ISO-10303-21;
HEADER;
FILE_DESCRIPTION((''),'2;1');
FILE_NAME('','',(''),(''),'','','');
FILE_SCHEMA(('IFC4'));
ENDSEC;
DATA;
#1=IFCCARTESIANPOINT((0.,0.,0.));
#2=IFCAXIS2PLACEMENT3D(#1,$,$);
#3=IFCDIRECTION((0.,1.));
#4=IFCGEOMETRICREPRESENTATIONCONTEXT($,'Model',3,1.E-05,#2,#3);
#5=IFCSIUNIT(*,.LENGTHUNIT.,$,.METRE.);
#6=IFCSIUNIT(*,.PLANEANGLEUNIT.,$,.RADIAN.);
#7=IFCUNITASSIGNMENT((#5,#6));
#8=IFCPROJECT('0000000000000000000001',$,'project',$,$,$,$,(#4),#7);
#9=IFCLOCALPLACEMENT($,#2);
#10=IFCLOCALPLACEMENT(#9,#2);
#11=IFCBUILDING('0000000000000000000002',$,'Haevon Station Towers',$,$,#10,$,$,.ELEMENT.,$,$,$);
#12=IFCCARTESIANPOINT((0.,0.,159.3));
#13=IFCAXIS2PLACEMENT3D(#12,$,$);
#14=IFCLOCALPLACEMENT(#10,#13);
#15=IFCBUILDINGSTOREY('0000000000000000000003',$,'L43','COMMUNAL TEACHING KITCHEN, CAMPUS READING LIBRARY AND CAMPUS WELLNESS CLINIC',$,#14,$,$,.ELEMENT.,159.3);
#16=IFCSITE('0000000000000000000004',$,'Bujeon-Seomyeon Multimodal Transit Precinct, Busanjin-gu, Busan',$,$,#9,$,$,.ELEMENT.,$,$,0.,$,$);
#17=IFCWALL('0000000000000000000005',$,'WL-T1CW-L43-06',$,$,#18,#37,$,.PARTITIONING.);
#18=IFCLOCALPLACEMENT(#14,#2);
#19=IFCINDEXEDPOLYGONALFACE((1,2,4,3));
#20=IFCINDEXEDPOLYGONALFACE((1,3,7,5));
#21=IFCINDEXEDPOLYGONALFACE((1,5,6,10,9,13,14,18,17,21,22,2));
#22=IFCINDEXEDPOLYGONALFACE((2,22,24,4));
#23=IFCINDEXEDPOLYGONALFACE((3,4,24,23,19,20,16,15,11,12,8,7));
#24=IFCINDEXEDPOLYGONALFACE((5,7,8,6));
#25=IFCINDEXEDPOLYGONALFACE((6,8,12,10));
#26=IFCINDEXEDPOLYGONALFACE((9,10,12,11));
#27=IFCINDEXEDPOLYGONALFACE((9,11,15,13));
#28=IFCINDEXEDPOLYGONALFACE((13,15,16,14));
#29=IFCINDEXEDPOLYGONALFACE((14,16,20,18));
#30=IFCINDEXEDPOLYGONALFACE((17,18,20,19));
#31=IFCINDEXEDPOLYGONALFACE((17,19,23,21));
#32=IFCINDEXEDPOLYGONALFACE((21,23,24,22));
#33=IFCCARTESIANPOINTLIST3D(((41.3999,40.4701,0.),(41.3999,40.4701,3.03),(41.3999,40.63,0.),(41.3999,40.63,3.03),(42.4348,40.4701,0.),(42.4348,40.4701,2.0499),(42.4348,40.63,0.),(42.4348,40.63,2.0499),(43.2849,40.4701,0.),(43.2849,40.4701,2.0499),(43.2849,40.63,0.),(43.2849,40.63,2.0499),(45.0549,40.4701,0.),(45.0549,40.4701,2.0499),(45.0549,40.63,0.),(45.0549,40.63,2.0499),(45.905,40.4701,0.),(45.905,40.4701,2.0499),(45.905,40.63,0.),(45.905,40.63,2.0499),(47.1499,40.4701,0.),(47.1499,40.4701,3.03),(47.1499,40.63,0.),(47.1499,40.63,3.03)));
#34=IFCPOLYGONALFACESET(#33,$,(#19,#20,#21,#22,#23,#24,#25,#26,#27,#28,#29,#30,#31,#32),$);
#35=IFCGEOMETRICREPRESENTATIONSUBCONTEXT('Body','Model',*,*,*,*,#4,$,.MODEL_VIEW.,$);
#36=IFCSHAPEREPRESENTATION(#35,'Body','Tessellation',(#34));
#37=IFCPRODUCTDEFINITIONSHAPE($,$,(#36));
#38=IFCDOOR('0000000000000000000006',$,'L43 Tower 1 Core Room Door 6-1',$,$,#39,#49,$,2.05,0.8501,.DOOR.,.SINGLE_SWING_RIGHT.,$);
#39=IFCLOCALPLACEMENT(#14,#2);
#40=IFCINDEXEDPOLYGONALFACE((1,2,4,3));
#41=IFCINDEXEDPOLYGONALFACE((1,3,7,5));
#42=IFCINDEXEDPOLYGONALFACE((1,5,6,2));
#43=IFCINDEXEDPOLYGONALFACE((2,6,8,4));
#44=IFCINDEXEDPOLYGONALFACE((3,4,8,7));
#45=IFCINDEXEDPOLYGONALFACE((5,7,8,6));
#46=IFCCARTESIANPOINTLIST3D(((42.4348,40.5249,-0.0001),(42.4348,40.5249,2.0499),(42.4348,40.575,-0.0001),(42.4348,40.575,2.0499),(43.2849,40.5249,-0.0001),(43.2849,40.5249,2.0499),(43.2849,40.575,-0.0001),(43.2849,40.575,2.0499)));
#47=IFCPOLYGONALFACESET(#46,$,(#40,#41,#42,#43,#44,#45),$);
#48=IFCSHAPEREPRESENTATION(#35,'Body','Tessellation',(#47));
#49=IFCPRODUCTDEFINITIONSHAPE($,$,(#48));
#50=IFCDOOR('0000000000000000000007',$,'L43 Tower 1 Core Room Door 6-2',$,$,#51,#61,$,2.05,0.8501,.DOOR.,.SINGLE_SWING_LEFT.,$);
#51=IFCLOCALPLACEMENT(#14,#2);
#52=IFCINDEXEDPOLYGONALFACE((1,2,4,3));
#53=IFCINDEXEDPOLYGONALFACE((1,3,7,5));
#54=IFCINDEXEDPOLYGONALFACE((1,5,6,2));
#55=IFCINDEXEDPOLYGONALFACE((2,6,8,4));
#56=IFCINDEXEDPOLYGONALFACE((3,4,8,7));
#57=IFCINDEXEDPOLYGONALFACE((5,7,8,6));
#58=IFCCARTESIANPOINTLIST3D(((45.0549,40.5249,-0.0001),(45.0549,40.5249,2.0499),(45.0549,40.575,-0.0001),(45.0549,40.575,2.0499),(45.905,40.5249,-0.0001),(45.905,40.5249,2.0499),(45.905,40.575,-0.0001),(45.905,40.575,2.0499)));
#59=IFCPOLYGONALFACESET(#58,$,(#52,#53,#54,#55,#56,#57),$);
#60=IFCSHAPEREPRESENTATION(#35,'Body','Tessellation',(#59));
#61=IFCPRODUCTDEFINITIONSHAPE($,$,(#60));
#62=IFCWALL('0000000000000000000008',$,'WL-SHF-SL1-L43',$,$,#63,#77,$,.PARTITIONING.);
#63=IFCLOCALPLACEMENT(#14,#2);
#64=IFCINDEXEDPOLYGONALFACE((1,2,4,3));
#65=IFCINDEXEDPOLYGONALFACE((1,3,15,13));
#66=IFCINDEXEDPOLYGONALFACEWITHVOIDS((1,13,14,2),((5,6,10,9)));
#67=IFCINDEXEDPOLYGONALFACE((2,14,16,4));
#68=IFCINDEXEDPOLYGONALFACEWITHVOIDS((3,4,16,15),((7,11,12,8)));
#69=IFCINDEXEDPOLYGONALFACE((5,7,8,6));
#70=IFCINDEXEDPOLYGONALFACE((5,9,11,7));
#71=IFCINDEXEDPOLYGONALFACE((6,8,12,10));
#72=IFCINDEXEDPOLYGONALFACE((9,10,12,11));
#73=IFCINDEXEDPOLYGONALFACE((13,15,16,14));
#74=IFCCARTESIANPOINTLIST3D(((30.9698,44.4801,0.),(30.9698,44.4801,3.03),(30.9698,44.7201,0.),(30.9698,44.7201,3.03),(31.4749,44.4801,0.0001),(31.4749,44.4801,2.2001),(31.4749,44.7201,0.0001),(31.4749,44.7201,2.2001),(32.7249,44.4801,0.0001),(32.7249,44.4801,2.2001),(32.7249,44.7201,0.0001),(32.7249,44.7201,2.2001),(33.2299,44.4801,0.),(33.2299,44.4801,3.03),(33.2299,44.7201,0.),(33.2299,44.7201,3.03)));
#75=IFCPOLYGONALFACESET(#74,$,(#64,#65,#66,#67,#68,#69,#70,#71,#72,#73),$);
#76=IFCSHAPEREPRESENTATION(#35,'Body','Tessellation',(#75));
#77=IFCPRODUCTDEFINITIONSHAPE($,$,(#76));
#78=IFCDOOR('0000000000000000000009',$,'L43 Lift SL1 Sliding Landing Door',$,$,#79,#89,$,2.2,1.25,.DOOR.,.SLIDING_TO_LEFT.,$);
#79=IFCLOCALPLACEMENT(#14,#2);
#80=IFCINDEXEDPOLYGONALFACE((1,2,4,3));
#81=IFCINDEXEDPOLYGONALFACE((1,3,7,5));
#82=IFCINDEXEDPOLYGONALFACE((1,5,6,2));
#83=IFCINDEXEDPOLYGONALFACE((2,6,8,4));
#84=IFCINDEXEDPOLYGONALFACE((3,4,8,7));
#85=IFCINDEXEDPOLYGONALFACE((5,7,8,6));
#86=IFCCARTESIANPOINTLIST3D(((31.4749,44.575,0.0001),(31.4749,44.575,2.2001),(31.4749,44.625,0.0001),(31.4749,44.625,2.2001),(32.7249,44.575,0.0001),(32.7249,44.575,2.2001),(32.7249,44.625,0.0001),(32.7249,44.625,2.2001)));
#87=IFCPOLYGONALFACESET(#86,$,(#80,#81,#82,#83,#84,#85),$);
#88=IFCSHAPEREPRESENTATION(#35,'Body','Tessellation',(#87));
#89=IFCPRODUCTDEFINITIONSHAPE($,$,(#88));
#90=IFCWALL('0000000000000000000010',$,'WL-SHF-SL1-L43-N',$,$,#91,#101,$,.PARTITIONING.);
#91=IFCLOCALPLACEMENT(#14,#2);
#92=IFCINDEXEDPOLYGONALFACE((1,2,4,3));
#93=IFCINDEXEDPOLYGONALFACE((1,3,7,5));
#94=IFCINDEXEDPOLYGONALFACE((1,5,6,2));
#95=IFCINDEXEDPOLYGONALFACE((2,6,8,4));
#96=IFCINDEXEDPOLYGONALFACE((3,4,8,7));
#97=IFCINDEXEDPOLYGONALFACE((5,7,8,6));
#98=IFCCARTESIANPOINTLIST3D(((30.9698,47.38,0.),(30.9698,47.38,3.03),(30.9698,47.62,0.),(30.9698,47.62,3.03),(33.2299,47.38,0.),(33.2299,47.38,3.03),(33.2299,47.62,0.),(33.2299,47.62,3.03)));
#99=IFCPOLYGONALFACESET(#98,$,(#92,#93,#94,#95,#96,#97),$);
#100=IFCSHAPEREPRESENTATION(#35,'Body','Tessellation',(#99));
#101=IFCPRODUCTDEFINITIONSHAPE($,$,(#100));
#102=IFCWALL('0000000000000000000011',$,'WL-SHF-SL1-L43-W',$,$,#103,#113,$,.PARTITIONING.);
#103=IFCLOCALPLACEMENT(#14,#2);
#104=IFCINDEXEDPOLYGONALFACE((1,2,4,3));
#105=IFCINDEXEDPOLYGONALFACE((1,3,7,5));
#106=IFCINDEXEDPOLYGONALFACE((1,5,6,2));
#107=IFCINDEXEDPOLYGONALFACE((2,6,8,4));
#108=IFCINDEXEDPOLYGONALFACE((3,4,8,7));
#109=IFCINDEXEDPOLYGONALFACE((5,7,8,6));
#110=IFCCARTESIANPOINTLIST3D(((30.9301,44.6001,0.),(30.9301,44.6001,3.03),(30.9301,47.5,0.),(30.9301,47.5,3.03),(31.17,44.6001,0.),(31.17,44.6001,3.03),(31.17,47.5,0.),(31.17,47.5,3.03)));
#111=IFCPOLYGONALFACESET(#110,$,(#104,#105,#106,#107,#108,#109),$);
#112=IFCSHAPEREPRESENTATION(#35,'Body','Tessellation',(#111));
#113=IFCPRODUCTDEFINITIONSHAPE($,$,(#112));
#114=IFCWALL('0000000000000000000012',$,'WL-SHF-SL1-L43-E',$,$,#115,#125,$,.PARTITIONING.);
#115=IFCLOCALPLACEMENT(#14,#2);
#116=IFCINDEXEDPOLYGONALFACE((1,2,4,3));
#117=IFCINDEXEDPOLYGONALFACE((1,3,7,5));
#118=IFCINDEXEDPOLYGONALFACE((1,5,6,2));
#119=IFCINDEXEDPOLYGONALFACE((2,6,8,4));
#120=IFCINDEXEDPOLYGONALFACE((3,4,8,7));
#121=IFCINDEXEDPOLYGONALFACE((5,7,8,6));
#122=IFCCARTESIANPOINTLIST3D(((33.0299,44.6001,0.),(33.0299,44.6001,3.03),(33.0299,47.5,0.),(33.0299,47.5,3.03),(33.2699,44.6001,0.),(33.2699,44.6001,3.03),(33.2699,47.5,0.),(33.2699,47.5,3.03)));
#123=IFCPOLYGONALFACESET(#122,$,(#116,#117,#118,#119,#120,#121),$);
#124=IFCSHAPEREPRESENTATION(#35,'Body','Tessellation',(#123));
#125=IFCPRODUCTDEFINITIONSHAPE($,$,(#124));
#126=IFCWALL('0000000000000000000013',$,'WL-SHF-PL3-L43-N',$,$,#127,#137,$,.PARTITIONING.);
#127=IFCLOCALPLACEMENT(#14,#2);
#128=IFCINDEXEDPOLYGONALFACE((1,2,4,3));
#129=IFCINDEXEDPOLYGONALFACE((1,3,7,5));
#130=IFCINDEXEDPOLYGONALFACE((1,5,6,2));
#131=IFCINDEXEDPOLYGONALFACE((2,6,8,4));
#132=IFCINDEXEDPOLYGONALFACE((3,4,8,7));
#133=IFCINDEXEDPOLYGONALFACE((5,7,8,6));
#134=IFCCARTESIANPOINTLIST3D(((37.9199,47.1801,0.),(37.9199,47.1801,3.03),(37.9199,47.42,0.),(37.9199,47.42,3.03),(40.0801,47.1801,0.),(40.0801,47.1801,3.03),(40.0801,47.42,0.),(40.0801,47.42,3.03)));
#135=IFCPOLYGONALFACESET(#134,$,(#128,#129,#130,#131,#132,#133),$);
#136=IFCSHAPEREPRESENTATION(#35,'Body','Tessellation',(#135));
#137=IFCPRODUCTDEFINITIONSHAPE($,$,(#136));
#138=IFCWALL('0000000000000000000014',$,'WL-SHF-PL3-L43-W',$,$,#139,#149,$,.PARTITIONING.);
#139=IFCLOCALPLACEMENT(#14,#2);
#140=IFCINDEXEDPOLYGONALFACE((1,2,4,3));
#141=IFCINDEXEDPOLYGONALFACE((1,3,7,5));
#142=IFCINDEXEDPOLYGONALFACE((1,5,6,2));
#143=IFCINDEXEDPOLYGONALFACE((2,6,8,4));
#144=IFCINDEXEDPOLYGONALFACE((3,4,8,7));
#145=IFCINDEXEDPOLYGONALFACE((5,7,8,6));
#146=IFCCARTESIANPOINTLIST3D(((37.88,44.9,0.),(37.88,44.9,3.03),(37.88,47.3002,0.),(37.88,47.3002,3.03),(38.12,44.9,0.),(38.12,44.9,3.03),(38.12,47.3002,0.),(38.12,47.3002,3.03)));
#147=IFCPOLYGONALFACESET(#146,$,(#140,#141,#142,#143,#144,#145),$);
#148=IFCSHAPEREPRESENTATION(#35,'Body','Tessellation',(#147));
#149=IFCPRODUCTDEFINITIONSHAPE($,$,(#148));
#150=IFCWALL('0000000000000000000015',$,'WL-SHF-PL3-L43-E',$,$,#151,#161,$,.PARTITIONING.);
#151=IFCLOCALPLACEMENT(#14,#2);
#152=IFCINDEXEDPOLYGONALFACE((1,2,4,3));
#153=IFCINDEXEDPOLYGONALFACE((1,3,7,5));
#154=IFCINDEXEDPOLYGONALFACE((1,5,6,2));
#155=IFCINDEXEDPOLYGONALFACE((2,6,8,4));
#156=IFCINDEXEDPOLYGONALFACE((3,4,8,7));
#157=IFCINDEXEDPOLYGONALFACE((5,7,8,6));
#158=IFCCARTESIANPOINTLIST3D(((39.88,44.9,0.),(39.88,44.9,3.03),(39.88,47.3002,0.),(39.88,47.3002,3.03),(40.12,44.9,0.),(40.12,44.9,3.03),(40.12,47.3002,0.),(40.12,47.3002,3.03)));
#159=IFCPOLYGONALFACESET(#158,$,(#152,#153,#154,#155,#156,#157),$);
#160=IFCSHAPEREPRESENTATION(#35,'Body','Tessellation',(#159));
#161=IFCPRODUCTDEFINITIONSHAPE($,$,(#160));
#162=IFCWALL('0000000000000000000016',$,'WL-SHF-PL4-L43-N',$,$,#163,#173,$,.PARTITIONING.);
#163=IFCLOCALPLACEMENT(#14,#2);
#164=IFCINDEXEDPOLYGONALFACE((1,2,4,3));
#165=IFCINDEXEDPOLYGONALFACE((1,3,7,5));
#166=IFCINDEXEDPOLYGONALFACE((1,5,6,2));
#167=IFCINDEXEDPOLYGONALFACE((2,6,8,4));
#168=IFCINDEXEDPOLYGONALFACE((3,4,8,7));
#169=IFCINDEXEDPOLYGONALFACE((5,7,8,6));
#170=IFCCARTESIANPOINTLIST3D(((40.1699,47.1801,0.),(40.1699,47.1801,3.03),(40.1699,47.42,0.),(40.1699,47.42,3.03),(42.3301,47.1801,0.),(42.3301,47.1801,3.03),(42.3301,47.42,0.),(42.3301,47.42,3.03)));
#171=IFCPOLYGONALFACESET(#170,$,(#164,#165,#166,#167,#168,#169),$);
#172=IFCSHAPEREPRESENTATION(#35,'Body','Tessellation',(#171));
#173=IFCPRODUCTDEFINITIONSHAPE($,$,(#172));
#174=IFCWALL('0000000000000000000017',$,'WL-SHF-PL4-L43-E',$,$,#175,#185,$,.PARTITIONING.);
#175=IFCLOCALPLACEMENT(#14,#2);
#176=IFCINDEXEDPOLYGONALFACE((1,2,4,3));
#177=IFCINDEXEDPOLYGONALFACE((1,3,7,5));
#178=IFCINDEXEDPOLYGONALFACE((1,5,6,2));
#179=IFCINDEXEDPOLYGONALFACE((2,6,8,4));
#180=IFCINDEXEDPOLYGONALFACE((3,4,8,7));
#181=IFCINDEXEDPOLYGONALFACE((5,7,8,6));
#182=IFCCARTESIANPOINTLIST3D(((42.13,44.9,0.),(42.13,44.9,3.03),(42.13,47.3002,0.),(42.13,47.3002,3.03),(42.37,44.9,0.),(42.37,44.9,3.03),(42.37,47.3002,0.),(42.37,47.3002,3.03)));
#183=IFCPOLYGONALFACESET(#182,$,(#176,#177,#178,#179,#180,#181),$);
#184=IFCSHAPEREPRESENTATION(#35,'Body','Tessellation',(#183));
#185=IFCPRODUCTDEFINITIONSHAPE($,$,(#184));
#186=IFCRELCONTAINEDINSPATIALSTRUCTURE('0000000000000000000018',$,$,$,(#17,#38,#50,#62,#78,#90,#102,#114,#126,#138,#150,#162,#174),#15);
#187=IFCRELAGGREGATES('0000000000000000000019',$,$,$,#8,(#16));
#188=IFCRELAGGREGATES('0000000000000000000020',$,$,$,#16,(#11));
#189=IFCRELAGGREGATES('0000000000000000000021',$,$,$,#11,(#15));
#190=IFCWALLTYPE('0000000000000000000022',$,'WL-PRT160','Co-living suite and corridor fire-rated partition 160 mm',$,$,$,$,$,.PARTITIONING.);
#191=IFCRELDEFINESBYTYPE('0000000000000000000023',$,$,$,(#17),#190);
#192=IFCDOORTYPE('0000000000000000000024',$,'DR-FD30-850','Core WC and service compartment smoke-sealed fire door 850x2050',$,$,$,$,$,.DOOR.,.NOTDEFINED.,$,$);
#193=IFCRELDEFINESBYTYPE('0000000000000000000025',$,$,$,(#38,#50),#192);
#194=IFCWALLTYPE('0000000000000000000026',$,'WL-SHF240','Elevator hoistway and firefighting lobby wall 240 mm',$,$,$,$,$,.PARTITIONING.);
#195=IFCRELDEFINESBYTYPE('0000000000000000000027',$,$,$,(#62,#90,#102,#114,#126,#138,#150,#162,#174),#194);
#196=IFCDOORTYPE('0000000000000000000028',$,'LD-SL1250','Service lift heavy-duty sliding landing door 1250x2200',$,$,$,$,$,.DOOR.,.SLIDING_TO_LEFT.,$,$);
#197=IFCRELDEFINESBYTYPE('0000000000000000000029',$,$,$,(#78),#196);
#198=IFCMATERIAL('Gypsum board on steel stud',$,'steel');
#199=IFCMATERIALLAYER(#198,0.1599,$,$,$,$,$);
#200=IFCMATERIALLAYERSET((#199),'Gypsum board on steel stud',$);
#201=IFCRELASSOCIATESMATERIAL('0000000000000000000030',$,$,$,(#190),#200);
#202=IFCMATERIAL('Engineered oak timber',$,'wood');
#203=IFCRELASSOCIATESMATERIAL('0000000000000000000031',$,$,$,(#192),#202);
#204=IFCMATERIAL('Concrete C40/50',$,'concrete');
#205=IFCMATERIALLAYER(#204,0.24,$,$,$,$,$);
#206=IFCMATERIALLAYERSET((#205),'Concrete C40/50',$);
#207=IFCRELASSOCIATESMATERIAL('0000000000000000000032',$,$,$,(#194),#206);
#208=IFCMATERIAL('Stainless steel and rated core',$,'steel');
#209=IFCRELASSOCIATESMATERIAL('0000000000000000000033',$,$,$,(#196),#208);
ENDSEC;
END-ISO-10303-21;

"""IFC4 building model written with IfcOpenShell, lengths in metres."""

from ifc_helpers import new_model, si_unit, direction, frame, frame_2d, origin, place, context, subcontext, project, spatial, rectangle, extrude, material, layer, layer_set, type_object, element, fill, save


model = new_model("IFC4")

# Units and contexts
model_context = context("Model", 3, precision=1e-05, world=origin(), true_north=direction((0.0, 1.0)))
body_context = subcontext(model_context, "Body", "Model", "MODEL_VIEW")
ifc_project = project(units=[si_unit("LENGTHUNIT", "METRE"), si_unit("PLANEANGLEUNIT", "RADIAN")], contexts=[model_context])

# Site, building, storey
site_placement = place(None, origin())
site = spatial("IfcSite", under=ifc_project, at=site_placement, Name="Bujeon-Seomyeon Multimodal Transit Precinct, Busanjin-gu, Busan", CompositionType="ELEMENT", RefElevation=0.0)
building_placement = place(site_placement, origin())
building = spatial("IfcBuilding", under=site, at=building_placement, Name="Haevon Station Towers", CompositionType="ELEMENT")
storey_placement = place(building_placement, frame((0.0, 0.0, 159.3)))
storey = spatial("IfcBuildingStorey", under=building, at=storey_placement, Name="L43", Description="COMMUNAL TEACHING KITCHEN, CAMPUS READING LIBRARY AND CAMPUS WELLNESS CLINIC", CompositionType="ELEMENT", Elevation=159.3)

# Shared definitions
ifc_material_1 = material(Name="Gypsum board on steel stud", Category="steel")
ifc_layer_1 = layer(ifc_material_1, 0.1599)
ifc_layer_set_1 = layer_set([ifc_layer_1], Name="Gypsum board on steel stud")
wall_type_1 = type_object("IfcWallType", Name="WL-PRT160", Description="Co-living suite and corridor fire-rated partition 160 mm", PredefinedType="PARTITIONING", material=ifc_layer_set_1)
ifc_material_2 = material(Name="Engineered oak timber", Category="wood")

# Wall, openings, doors
wall_1_placement = place(storey_placement, frame((41.3999, 40.55, 0.0), z_axis=(0.0, 0.0, 1.0), x_axis=(1.0, 0.0, 0.0)))
wall_1 = element("IfcWall", 1, at=wall_1_placement, inside=storey, type_object=wall_type_1, Name="WL-T1CW-L43-06", PredefinedType="PARTITIONING", context=body_context, shape_type="SweptSolid", body=[
    extrude(rectangle(XDim=5.75, YDim=0.1599, at=frame_2d((2.875, 0.0))), origin(), (0.0, 0.0, 1.0), 3.03),
])
opening_1_placement = place(wall_1_placement, frame((1.0349, 0.0, 0.0)))
opening_1 = element("IfcOpeningElement", 2, at=opening_1_placement, cuts=wall_1, PredefinedType="OPENING", context=body_context, shape_type="SweptSolid", body=[
    extrude(rectangle(XDim=0.8501, YDim=2.05, at=frame_2d((0.425, 1.0249))), frame((0.0, 0.0898, 0.0), z_axis=(0.0, -1.0, 0.0), x_axis=(1.0, 0.0, 0.0)), (0.0, 0.0, 1.0), 0.1799),
])
opening_2_placement = place(wall_1_placement, frame((3.655, 0.0, 0.0)))
opening_2 = element("IfcOpeningElement", 3, at=opening_2_placement, cuts=wall_1, PredefinedType="OPENING", context=body_context, shape_type="SweptSolid", body=[
    extrude(rectangle(XDim=0.8501, YDim=2.05, at=frame_2d((0.425, 1.0249))), frame((0.0, 0.0898, 0.0), z_axis=(0.0, -1.0, 0.0), x_axis=(1.0, 0.0, 0.0)), (0.0, 0.0, 1.0), 0.1799),
])
door_type_1 = type_object("IfcDoorType", Name="DR-FD30-850", Description="Core WC and service compartment smoke-sealed fire door 850x2050", OperationType="NOTDEFINED", PredefinedType="DOOR", material=ifc_material_2)
door_1_placement = place(opening_1_placement, origin())
door_1 = element("IfcDoor", 4, at=door_1_placement, inside=storey, type_object=door_type_1, Name="L43 Tower 1 Core Room Door 6-1", OperationType="SINGLE_SWING_RIGHT", OverallHeight=2.05, OverallWidth=0.8501, PredefinedType="DOOR", context=body_context, shape_type="SweptSolid", body=[
    extrude(rectangle(XDim=0.8501, YDim=2.05, at=frame_2d((0.425, 1.0249))), frame((0.0, 0.0249, 0.0), z_axis=(0.0, -1.0, 0.0), x_axis=(1.0, 0.0, 0.0)), (0.0, 0.0, 1.0), 0.05),
])
fill(opening_1, door_1)
door_2_placement = place(opening_2_placement, origin())
door_2 = element("IfcDoor", 5, at=door_2_placement, inside=storey, type_object=door_type_1, Name="L43 Tower 1 Core Room Door 6-2", OperationType="SINGLE_SWING_LEFT", OverallHeight=2.05, OverallWidth=0.8501, PredefinedType="DOOR", context=body_context, shape_type="SweptSolid", body=[
    extrude(rectangle(XDim=0.8501, YDim=2.05, at=frame_2d((0.425, 1.0249))), frame((0.0, 0.0249, 0.0), z_axis=(0.0, -1.0, 0.0), x_axis=(1.0, 0.0, 0.0)), (0.0, 0.0, 1.0), 0.05),
])
fill(opening_2, door_2)

# Wall, opening, door
ifc_material_3 = material(Name="Concrete C40/50", Category="concrete")
ifc_layer_2 = layer(ifc_material_3, 0.24)
ifc_layer_set_2 = layer_set([ifc_layer_2], Name="Concrete C40/50")
wall_type_2 = type_object("IfcWallType", Name="WL-SHF240", Description="Elevator hoistway and firefighting lobby wall 240 mm", PredefinedType="PARTITIONING", material=ifc_layer_set_2)
wall_2_placement = place(storey_placement, frame((30.97, 44.6001, 0.0), z_axis=(0.0, 0.0, 1.0), x_axis=(1.0, 0.0, 0.0)))
wall_2 = element("IfcWall", 6, at=wall_2_placement, inside=storey, type_object=wall_type_2, Name="WL-SHF-SL1-L43", PredefinedType="PARTITIONING", context=body_context, shape_type="SweptSolid", body=[
    extrude(rectangle(XDim=2.26, YDim=0.24, at=frame_2d((1.1299, 0.0))), origin(), (0.0, 0.0, 1.0), 3.03),
])
opening_3_placement = place(wall_2_placement, frame((0.5049, 0.0, 0.0)))
opening_3 = element("IfcOpeningElement", 7, at=opening_3_placement, cuts=wall_2, PredefinedType="OPENING", context=body_context, shape_type="SweptSolid", body=[
    extrude(rectangle(XDim=1.25, YDim=2.2, at=frame_2d((0.625, 1.1001))), frame((0.0, 0.1299, 0.0), z_axis=(0.0, -1.0, 0.0), x_axis=(1.0, 0.0, 0.0)), (0.0, 0.0, 1.0), 0.26),
])
ifc_material_4 = material(Name="Stainless steel and rated core", Category="steel")
door_type_2 = type_object("IfcDoorType", Name="LD-SL1250", Description="Service lift heavy-duty sliding landing door 1250x2200", OperationType="SLIDING_TO_LEFT", PredefinedType="DOOR", material=ifc_material_4)
door_3_placement = place(opening_3_placement, origin())
door_3 = element("IfcDoor", 8, at=door_3_placement, inside=storey, type_object=door_type_2, Name="L43 Lift SL1 Sliding Landing Door", OperationType="SLIDING_TO_LEFT", OverallHeight=2.2, OverallWidth=1.25, PredefinedType="DOOR", context=body_context, shape_type="SweptSolid", body=[
    extrude(rectangle(XDim=1.25, YDim=2.2, at=frame_2d((0.625, 1.1001))), frame((0.0, 0.0249, 0.0), z_axis=(0.0, -1.0, 0.0), x_axis=(1.0, 0.0, 0.0)), (0.0, 0.0, 1.0), 0.05),
])
fill(opening_3, door_3)

# Walls
wall_3_placement = place(storey_placement, frame((30.97, 47.5, 0.0), z_axis=(0.0, 0.0, 1.0), x_axis=(1.0, 0.0, 0.0)))
element("IfcWall", 9, at=wall_3_placement, inside=storey, type_object=wall_type_2, Name="WL-SHF-SL1-L43-N", PredefinedType="PARTITIONING", context=body_context, shape_type="SweptSolid", body=[
    extrude(rectangle(XDim=2.26, YDim=0.24, at=frame_2d((1.1299, 0.0))), origin(), (0.0, 0.0, 1.0), 3.03),
])
for number, where, z_axis, x_axis, name in (
    (10, (31.05, 44.6001, 0.0), (0.0, 0.0, 1.0), (0.0, 1.0, 0.0), "WL-SHF-SL1-L43-W"),
    (11, (33.1499, 44.6001, 0.0), (0.0, 0.0, 1.0), (0.0, 1.0, 0.0), "WL-SHF-SL1-L43-E"),
):
    element("IfcWall", number, at=place(storey_placement, frame(where, z_axis=z_axis, x_axis=x_axis)), inside=storey, type_object=wall_type_2, Name=name, PredefinedType="PARTITIONING", context=body_context, shape_type="SweptSolid", body=[
        extrude(rectangle(XDim=2.8999, YDim=0.24, at=frame_2d((1.45, 0.0))), origin(), (0.0, 0.0, 1.0), 3.03),
    ])

# Walls
wall_4_placement = place(storey_placement, frame((37.9199, 47.3, 0.0), z_axis=(0.0, 0.0, 1.0), x_axis=(1.0, 0.0, 0.0)))
element("IfcWall", 12, at=wall_4_placement, inside=storey, type_object=wall_type_2, Name="WL-SHF-PL3-L43-N", PredefinedType="PARTITIONING", context=body_context, shape_type="SweptSolid", body=[
    extrude(rectangle(XDim=2.1602, YDim=0.24, at=frame_2d((1.0801, 0.0))), origin(), (0.0, 0.0, 1.0), 3.03),
])
for number, where, z_axis, x_axis, name in (
    (13, (38.0, 44.8999, 0.0), (0.0, 0.0, 1.0), (0.0, 1.0, 0.0), "WL-SHF-PL3-L43-W"),
    (14, (40.0, 44.8999, 0.0), (0.0, 0.0, 1.0), (0.0, 1.0, 0.0), "WL-SHF-PL3-L43-E"),
):
    element("IfcWall", number, at=place(storey_placement, frame(where, z_axis=z_axis, x_axis=x_axis)), inside=storey, type_object=wall_type_2, Name=name, PredefinedType="PARTITIONING", context=body_context, shape_type="SweptSolid", body=[
        extrude(rectangle(XDim=2.4001, YDim=0.24, at=frame_2d((1.2002, 0.0))), origin(), (0.0, 0.0, 1.0), 3.03),
    ])

# Walls
wall_5_placement = place(storey_placement, frame((40.1699, 47.3, 0.0), z_axis=(0.0, 0.0, 1.0), x_axis=(1.0, 0.0, 0.0)))
element("IfcWall", 15, at=wall_5_placement, inside=storey, type_object=wall_type_2, Name="WL-SHF-PL4-L43-N", PredefinedType="PARTITIONING", context=body_context, shape_type="SweptSolid", body=[
    extrude(rectangle(XDim=2.1602, YDim=0.24, at=frame_2d((1.0801, 0.0))), origin(), (0.0, 0.0, 1.0), 3.03),
])
wall_6_placement = place(storey_placement, frame((42.25, 44.8999, 0.0), z_axis=(0.0, 0.0, 1.0), x_axis=(0.0, 1.0, 0.0)))
element("IfcWall", 16, at=wall_6_placement, inside=storey, type_object=wall_type_2, Name="WL-SHF-PL4-L43-E", PredefinedType="PARTITIONING", context=body_context, shape_type="SweptSolid", body=[
    extrude(rectangle(XDim=2.4001, YDim=0.24, at=frame_2d((1.2002, 0.0))), origin(), (0.0, 0.0, 1.0), 3.03),
])

save(model, "model.ifc")
